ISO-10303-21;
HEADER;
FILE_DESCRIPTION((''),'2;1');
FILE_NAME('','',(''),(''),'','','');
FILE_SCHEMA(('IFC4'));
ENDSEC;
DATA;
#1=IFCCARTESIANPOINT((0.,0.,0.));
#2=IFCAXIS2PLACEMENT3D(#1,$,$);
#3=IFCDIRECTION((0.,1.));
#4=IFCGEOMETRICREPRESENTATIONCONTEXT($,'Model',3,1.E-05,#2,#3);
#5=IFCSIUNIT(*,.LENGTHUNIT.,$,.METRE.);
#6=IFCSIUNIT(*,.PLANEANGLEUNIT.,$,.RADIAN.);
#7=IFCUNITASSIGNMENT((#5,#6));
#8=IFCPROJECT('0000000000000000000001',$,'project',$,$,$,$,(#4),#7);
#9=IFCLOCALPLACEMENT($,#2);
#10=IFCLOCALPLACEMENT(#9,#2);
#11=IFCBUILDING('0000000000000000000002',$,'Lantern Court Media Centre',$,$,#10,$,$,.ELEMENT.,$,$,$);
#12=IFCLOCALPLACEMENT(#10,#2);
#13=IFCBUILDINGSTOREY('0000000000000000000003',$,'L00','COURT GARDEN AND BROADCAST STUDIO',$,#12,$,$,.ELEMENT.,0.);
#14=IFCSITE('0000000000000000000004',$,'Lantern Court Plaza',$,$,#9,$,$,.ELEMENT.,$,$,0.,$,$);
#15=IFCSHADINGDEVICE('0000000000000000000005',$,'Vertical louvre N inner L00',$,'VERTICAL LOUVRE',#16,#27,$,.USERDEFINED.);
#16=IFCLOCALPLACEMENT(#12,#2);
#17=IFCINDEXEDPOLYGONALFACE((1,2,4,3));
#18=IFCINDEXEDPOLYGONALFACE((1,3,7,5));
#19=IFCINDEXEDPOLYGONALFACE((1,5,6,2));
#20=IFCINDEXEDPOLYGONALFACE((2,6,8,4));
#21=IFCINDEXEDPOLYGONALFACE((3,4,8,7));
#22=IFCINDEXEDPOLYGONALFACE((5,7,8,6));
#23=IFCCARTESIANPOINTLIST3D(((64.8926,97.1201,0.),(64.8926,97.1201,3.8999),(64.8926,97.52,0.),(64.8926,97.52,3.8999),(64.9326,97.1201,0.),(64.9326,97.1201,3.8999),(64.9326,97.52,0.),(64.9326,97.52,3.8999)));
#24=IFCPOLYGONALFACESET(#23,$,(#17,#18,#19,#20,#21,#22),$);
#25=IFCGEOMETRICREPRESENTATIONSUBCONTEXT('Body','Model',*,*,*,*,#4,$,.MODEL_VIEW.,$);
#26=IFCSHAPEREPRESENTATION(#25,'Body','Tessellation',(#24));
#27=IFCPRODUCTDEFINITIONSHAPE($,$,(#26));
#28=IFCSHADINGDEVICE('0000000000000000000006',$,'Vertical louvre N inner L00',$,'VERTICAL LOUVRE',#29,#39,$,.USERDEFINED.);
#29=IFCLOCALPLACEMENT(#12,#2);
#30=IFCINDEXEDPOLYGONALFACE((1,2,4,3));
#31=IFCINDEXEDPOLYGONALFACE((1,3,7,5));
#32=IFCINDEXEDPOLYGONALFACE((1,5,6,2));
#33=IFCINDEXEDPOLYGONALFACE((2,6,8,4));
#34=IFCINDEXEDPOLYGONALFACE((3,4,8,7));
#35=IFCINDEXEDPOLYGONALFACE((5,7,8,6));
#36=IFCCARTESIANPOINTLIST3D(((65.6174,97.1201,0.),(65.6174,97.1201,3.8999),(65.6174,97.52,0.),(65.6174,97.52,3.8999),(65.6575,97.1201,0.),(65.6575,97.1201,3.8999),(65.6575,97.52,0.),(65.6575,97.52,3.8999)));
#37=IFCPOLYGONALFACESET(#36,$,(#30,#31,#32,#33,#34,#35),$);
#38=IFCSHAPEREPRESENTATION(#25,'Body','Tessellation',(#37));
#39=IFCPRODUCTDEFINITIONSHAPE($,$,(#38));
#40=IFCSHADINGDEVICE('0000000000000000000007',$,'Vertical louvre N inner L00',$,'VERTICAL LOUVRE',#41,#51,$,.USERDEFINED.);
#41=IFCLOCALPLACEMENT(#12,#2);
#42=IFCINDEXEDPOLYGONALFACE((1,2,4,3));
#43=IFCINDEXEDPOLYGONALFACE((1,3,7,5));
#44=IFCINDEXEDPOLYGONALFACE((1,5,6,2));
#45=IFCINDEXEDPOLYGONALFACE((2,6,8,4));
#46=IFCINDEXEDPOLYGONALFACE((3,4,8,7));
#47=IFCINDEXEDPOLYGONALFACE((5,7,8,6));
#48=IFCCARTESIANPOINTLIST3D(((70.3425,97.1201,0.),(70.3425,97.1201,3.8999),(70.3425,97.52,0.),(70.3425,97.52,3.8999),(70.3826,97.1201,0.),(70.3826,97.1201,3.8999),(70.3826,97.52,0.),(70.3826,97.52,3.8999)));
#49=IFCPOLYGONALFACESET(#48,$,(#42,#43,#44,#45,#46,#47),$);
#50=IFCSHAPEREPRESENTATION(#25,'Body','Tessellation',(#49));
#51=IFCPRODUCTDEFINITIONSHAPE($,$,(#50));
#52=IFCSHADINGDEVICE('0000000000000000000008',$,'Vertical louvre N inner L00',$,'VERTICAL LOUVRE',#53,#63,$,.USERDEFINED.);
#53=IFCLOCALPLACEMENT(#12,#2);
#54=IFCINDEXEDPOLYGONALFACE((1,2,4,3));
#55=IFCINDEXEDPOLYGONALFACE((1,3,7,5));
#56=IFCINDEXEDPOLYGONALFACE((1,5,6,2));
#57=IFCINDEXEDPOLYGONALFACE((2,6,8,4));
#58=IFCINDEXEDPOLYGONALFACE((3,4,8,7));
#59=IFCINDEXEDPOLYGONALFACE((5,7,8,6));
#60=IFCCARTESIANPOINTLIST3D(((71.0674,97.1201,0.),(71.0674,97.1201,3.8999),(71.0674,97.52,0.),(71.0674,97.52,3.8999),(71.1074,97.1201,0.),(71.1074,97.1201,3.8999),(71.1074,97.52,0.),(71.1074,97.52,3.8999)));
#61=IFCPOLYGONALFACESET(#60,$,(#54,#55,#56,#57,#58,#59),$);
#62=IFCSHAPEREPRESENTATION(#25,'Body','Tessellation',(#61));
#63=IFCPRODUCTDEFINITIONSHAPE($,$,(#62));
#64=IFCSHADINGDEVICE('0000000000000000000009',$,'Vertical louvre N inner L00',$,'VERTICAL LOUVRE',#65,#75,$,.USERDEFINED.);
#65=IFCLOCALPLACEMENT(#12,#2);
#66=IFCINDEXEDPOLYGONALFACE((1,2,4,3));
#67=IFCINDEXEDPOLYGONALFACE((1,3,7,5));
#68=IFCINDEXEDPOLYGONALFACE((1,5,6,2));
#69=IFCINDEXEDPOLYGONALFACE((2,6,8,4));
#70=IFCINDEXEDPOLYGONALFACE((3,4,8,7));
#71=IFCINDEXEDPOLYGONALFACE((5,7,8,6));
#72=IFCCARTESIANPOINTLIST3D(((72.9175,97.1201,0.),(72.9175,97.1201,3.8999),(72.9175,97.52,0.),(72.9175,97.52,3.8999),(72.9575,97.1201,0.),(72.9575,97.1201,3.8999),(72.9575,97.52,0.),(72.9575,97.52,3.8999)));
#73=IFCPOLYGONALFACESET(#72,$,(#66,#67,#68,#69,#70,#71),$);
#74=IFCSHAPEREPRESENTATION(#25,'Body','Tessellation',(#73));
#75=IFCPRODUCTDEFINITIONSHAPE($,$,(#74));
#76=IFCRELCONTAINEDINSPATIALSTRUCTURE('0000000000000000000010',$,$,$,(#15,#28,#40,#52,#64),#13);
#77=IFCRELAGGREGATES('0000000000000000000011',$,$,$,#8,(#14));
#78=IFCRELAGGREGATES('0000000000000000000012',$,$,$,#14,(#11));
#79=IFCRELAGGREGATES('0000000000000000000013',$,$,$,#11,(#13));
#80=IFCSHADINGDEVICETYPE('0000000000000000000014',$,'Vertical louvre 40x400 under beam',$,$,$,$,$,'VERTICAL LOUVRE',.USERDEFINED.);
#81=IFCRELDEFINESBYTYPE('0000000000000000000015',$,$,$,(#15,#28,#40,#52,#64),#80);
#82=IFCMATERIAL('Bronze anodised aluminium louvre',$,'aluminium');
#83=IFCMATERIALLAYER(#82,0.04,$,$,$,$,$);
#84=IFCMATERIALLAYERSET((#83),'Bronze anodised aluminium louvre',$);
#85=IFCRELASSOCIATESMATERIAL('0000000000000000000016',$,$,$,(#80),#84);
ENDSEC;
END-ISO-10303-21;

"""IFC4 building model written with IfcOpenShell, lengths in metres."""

from ifc_helpers import new_model, si_unit, direction, frame, origin, origin_2d, place, context, subcontext, project, spatial, rectangle, extrude, material, layer, layer_set, type_object, element, save


model = new_model("IFC4")

# Units and contexts
model_context = context("Model", 3, precision=1e-05, world=origin(), true_north=direction((0.0, 1.0)))
body_context = subcontext(model_context, "Body", "Model", "MODEL_VIEW")
ifc_project = project(units=[si_unit("LENGTHUNIT", "METRE"), si_unit("PLANEANGLEUNIT", "RADIAN")], contexts=[model_context])

# Site, building, storey
site_placement = place(None, origin())
site = spatial("IfcSite", under=ifc_project, at=site_placement, Name="Lantern Court Plaza", CompositionType="ELEMENT", RefElevation=0.0)
building_placement = place(site_placement, origin())
building = spatial("IfcBuilding", under=site, at=building_placement, Name="Lantern Court Media Centre", CompositionType="ELEMENT")
storey_placement = place(building_placement, origin())
storey = spatial("IfcBuildingStorey", under=building, at=storey_placement, Name="L00", Description="COURT GARDEN AND BROADCAST STUDIO", CompositionType="ELEMENT", Elevation=0.0)

# Shading devices
ifc_material_1 = material(Name="Bronze anodised aluminium louvre", Category="aluminium")
ifc_layer_1 = layer(ifc_material_1, 0.04)
ifc_layer_set_1 = layer_set([ifc_layer_1], Name="Bronze anodised aluminium louvre")
shading_device_type = type_object("IfcShadingDeviceType", Name="Vertical louvre 40x400 under beam", ElementType="VERTICAL LOUVRE", PredefinedType="USERDEFINED", material=ifc_layer_set_1)
for number, where, z_axis, x_axis, name in (
    (1, (64.9126, 97.3201, 0.0), (0.0, 0.0, 1.0), (1.0, 0.0, 0.0), "Vertical louvre N inner L00"),
    (2, (65.6375, 97.3201, 0.0), (0.0, 0.0, 1.0), (1.0, 0.0, 0.0), "Vertical louvre N inner L00"),
    (3, (70.3625, 97.3201, 0.0), (0.0, 0.0, 1.0), (1.0, 0.0, 0.0), "Vertical louvre N inner L00"),
    (4, (71.0874, 97.3201, 0.0), (0.0, 0.0, 1.0), (1.0, 0.0, 0.0), "Vertical louvre N inner L00"),
    (5, (72.9375, 97.3201, 0.0), (0.0, 0.0, 1.0), (1.0, 0.0, 0.0), "Vertical louvre N inner L00"),
):
    element("IfcShadingDevice", number, at=place(storey_placement, frame(where, z_axis=z_axis, x_axis=x_axis)), inside=storey, type_object=shading_device_type, Name=name, ObjectType="VERTICAL LOUVRE", PredefinedType="USERDEFINED", context=body_context, shape_type="SweptSolid", body=[
        extrude(rectangle(XDim=0.04, YDim=0.3999, at=origin_2d()), origin(), (0.0, 0.0, 1.0), 3.8999),
    ])

save(model, "model.ifc")
